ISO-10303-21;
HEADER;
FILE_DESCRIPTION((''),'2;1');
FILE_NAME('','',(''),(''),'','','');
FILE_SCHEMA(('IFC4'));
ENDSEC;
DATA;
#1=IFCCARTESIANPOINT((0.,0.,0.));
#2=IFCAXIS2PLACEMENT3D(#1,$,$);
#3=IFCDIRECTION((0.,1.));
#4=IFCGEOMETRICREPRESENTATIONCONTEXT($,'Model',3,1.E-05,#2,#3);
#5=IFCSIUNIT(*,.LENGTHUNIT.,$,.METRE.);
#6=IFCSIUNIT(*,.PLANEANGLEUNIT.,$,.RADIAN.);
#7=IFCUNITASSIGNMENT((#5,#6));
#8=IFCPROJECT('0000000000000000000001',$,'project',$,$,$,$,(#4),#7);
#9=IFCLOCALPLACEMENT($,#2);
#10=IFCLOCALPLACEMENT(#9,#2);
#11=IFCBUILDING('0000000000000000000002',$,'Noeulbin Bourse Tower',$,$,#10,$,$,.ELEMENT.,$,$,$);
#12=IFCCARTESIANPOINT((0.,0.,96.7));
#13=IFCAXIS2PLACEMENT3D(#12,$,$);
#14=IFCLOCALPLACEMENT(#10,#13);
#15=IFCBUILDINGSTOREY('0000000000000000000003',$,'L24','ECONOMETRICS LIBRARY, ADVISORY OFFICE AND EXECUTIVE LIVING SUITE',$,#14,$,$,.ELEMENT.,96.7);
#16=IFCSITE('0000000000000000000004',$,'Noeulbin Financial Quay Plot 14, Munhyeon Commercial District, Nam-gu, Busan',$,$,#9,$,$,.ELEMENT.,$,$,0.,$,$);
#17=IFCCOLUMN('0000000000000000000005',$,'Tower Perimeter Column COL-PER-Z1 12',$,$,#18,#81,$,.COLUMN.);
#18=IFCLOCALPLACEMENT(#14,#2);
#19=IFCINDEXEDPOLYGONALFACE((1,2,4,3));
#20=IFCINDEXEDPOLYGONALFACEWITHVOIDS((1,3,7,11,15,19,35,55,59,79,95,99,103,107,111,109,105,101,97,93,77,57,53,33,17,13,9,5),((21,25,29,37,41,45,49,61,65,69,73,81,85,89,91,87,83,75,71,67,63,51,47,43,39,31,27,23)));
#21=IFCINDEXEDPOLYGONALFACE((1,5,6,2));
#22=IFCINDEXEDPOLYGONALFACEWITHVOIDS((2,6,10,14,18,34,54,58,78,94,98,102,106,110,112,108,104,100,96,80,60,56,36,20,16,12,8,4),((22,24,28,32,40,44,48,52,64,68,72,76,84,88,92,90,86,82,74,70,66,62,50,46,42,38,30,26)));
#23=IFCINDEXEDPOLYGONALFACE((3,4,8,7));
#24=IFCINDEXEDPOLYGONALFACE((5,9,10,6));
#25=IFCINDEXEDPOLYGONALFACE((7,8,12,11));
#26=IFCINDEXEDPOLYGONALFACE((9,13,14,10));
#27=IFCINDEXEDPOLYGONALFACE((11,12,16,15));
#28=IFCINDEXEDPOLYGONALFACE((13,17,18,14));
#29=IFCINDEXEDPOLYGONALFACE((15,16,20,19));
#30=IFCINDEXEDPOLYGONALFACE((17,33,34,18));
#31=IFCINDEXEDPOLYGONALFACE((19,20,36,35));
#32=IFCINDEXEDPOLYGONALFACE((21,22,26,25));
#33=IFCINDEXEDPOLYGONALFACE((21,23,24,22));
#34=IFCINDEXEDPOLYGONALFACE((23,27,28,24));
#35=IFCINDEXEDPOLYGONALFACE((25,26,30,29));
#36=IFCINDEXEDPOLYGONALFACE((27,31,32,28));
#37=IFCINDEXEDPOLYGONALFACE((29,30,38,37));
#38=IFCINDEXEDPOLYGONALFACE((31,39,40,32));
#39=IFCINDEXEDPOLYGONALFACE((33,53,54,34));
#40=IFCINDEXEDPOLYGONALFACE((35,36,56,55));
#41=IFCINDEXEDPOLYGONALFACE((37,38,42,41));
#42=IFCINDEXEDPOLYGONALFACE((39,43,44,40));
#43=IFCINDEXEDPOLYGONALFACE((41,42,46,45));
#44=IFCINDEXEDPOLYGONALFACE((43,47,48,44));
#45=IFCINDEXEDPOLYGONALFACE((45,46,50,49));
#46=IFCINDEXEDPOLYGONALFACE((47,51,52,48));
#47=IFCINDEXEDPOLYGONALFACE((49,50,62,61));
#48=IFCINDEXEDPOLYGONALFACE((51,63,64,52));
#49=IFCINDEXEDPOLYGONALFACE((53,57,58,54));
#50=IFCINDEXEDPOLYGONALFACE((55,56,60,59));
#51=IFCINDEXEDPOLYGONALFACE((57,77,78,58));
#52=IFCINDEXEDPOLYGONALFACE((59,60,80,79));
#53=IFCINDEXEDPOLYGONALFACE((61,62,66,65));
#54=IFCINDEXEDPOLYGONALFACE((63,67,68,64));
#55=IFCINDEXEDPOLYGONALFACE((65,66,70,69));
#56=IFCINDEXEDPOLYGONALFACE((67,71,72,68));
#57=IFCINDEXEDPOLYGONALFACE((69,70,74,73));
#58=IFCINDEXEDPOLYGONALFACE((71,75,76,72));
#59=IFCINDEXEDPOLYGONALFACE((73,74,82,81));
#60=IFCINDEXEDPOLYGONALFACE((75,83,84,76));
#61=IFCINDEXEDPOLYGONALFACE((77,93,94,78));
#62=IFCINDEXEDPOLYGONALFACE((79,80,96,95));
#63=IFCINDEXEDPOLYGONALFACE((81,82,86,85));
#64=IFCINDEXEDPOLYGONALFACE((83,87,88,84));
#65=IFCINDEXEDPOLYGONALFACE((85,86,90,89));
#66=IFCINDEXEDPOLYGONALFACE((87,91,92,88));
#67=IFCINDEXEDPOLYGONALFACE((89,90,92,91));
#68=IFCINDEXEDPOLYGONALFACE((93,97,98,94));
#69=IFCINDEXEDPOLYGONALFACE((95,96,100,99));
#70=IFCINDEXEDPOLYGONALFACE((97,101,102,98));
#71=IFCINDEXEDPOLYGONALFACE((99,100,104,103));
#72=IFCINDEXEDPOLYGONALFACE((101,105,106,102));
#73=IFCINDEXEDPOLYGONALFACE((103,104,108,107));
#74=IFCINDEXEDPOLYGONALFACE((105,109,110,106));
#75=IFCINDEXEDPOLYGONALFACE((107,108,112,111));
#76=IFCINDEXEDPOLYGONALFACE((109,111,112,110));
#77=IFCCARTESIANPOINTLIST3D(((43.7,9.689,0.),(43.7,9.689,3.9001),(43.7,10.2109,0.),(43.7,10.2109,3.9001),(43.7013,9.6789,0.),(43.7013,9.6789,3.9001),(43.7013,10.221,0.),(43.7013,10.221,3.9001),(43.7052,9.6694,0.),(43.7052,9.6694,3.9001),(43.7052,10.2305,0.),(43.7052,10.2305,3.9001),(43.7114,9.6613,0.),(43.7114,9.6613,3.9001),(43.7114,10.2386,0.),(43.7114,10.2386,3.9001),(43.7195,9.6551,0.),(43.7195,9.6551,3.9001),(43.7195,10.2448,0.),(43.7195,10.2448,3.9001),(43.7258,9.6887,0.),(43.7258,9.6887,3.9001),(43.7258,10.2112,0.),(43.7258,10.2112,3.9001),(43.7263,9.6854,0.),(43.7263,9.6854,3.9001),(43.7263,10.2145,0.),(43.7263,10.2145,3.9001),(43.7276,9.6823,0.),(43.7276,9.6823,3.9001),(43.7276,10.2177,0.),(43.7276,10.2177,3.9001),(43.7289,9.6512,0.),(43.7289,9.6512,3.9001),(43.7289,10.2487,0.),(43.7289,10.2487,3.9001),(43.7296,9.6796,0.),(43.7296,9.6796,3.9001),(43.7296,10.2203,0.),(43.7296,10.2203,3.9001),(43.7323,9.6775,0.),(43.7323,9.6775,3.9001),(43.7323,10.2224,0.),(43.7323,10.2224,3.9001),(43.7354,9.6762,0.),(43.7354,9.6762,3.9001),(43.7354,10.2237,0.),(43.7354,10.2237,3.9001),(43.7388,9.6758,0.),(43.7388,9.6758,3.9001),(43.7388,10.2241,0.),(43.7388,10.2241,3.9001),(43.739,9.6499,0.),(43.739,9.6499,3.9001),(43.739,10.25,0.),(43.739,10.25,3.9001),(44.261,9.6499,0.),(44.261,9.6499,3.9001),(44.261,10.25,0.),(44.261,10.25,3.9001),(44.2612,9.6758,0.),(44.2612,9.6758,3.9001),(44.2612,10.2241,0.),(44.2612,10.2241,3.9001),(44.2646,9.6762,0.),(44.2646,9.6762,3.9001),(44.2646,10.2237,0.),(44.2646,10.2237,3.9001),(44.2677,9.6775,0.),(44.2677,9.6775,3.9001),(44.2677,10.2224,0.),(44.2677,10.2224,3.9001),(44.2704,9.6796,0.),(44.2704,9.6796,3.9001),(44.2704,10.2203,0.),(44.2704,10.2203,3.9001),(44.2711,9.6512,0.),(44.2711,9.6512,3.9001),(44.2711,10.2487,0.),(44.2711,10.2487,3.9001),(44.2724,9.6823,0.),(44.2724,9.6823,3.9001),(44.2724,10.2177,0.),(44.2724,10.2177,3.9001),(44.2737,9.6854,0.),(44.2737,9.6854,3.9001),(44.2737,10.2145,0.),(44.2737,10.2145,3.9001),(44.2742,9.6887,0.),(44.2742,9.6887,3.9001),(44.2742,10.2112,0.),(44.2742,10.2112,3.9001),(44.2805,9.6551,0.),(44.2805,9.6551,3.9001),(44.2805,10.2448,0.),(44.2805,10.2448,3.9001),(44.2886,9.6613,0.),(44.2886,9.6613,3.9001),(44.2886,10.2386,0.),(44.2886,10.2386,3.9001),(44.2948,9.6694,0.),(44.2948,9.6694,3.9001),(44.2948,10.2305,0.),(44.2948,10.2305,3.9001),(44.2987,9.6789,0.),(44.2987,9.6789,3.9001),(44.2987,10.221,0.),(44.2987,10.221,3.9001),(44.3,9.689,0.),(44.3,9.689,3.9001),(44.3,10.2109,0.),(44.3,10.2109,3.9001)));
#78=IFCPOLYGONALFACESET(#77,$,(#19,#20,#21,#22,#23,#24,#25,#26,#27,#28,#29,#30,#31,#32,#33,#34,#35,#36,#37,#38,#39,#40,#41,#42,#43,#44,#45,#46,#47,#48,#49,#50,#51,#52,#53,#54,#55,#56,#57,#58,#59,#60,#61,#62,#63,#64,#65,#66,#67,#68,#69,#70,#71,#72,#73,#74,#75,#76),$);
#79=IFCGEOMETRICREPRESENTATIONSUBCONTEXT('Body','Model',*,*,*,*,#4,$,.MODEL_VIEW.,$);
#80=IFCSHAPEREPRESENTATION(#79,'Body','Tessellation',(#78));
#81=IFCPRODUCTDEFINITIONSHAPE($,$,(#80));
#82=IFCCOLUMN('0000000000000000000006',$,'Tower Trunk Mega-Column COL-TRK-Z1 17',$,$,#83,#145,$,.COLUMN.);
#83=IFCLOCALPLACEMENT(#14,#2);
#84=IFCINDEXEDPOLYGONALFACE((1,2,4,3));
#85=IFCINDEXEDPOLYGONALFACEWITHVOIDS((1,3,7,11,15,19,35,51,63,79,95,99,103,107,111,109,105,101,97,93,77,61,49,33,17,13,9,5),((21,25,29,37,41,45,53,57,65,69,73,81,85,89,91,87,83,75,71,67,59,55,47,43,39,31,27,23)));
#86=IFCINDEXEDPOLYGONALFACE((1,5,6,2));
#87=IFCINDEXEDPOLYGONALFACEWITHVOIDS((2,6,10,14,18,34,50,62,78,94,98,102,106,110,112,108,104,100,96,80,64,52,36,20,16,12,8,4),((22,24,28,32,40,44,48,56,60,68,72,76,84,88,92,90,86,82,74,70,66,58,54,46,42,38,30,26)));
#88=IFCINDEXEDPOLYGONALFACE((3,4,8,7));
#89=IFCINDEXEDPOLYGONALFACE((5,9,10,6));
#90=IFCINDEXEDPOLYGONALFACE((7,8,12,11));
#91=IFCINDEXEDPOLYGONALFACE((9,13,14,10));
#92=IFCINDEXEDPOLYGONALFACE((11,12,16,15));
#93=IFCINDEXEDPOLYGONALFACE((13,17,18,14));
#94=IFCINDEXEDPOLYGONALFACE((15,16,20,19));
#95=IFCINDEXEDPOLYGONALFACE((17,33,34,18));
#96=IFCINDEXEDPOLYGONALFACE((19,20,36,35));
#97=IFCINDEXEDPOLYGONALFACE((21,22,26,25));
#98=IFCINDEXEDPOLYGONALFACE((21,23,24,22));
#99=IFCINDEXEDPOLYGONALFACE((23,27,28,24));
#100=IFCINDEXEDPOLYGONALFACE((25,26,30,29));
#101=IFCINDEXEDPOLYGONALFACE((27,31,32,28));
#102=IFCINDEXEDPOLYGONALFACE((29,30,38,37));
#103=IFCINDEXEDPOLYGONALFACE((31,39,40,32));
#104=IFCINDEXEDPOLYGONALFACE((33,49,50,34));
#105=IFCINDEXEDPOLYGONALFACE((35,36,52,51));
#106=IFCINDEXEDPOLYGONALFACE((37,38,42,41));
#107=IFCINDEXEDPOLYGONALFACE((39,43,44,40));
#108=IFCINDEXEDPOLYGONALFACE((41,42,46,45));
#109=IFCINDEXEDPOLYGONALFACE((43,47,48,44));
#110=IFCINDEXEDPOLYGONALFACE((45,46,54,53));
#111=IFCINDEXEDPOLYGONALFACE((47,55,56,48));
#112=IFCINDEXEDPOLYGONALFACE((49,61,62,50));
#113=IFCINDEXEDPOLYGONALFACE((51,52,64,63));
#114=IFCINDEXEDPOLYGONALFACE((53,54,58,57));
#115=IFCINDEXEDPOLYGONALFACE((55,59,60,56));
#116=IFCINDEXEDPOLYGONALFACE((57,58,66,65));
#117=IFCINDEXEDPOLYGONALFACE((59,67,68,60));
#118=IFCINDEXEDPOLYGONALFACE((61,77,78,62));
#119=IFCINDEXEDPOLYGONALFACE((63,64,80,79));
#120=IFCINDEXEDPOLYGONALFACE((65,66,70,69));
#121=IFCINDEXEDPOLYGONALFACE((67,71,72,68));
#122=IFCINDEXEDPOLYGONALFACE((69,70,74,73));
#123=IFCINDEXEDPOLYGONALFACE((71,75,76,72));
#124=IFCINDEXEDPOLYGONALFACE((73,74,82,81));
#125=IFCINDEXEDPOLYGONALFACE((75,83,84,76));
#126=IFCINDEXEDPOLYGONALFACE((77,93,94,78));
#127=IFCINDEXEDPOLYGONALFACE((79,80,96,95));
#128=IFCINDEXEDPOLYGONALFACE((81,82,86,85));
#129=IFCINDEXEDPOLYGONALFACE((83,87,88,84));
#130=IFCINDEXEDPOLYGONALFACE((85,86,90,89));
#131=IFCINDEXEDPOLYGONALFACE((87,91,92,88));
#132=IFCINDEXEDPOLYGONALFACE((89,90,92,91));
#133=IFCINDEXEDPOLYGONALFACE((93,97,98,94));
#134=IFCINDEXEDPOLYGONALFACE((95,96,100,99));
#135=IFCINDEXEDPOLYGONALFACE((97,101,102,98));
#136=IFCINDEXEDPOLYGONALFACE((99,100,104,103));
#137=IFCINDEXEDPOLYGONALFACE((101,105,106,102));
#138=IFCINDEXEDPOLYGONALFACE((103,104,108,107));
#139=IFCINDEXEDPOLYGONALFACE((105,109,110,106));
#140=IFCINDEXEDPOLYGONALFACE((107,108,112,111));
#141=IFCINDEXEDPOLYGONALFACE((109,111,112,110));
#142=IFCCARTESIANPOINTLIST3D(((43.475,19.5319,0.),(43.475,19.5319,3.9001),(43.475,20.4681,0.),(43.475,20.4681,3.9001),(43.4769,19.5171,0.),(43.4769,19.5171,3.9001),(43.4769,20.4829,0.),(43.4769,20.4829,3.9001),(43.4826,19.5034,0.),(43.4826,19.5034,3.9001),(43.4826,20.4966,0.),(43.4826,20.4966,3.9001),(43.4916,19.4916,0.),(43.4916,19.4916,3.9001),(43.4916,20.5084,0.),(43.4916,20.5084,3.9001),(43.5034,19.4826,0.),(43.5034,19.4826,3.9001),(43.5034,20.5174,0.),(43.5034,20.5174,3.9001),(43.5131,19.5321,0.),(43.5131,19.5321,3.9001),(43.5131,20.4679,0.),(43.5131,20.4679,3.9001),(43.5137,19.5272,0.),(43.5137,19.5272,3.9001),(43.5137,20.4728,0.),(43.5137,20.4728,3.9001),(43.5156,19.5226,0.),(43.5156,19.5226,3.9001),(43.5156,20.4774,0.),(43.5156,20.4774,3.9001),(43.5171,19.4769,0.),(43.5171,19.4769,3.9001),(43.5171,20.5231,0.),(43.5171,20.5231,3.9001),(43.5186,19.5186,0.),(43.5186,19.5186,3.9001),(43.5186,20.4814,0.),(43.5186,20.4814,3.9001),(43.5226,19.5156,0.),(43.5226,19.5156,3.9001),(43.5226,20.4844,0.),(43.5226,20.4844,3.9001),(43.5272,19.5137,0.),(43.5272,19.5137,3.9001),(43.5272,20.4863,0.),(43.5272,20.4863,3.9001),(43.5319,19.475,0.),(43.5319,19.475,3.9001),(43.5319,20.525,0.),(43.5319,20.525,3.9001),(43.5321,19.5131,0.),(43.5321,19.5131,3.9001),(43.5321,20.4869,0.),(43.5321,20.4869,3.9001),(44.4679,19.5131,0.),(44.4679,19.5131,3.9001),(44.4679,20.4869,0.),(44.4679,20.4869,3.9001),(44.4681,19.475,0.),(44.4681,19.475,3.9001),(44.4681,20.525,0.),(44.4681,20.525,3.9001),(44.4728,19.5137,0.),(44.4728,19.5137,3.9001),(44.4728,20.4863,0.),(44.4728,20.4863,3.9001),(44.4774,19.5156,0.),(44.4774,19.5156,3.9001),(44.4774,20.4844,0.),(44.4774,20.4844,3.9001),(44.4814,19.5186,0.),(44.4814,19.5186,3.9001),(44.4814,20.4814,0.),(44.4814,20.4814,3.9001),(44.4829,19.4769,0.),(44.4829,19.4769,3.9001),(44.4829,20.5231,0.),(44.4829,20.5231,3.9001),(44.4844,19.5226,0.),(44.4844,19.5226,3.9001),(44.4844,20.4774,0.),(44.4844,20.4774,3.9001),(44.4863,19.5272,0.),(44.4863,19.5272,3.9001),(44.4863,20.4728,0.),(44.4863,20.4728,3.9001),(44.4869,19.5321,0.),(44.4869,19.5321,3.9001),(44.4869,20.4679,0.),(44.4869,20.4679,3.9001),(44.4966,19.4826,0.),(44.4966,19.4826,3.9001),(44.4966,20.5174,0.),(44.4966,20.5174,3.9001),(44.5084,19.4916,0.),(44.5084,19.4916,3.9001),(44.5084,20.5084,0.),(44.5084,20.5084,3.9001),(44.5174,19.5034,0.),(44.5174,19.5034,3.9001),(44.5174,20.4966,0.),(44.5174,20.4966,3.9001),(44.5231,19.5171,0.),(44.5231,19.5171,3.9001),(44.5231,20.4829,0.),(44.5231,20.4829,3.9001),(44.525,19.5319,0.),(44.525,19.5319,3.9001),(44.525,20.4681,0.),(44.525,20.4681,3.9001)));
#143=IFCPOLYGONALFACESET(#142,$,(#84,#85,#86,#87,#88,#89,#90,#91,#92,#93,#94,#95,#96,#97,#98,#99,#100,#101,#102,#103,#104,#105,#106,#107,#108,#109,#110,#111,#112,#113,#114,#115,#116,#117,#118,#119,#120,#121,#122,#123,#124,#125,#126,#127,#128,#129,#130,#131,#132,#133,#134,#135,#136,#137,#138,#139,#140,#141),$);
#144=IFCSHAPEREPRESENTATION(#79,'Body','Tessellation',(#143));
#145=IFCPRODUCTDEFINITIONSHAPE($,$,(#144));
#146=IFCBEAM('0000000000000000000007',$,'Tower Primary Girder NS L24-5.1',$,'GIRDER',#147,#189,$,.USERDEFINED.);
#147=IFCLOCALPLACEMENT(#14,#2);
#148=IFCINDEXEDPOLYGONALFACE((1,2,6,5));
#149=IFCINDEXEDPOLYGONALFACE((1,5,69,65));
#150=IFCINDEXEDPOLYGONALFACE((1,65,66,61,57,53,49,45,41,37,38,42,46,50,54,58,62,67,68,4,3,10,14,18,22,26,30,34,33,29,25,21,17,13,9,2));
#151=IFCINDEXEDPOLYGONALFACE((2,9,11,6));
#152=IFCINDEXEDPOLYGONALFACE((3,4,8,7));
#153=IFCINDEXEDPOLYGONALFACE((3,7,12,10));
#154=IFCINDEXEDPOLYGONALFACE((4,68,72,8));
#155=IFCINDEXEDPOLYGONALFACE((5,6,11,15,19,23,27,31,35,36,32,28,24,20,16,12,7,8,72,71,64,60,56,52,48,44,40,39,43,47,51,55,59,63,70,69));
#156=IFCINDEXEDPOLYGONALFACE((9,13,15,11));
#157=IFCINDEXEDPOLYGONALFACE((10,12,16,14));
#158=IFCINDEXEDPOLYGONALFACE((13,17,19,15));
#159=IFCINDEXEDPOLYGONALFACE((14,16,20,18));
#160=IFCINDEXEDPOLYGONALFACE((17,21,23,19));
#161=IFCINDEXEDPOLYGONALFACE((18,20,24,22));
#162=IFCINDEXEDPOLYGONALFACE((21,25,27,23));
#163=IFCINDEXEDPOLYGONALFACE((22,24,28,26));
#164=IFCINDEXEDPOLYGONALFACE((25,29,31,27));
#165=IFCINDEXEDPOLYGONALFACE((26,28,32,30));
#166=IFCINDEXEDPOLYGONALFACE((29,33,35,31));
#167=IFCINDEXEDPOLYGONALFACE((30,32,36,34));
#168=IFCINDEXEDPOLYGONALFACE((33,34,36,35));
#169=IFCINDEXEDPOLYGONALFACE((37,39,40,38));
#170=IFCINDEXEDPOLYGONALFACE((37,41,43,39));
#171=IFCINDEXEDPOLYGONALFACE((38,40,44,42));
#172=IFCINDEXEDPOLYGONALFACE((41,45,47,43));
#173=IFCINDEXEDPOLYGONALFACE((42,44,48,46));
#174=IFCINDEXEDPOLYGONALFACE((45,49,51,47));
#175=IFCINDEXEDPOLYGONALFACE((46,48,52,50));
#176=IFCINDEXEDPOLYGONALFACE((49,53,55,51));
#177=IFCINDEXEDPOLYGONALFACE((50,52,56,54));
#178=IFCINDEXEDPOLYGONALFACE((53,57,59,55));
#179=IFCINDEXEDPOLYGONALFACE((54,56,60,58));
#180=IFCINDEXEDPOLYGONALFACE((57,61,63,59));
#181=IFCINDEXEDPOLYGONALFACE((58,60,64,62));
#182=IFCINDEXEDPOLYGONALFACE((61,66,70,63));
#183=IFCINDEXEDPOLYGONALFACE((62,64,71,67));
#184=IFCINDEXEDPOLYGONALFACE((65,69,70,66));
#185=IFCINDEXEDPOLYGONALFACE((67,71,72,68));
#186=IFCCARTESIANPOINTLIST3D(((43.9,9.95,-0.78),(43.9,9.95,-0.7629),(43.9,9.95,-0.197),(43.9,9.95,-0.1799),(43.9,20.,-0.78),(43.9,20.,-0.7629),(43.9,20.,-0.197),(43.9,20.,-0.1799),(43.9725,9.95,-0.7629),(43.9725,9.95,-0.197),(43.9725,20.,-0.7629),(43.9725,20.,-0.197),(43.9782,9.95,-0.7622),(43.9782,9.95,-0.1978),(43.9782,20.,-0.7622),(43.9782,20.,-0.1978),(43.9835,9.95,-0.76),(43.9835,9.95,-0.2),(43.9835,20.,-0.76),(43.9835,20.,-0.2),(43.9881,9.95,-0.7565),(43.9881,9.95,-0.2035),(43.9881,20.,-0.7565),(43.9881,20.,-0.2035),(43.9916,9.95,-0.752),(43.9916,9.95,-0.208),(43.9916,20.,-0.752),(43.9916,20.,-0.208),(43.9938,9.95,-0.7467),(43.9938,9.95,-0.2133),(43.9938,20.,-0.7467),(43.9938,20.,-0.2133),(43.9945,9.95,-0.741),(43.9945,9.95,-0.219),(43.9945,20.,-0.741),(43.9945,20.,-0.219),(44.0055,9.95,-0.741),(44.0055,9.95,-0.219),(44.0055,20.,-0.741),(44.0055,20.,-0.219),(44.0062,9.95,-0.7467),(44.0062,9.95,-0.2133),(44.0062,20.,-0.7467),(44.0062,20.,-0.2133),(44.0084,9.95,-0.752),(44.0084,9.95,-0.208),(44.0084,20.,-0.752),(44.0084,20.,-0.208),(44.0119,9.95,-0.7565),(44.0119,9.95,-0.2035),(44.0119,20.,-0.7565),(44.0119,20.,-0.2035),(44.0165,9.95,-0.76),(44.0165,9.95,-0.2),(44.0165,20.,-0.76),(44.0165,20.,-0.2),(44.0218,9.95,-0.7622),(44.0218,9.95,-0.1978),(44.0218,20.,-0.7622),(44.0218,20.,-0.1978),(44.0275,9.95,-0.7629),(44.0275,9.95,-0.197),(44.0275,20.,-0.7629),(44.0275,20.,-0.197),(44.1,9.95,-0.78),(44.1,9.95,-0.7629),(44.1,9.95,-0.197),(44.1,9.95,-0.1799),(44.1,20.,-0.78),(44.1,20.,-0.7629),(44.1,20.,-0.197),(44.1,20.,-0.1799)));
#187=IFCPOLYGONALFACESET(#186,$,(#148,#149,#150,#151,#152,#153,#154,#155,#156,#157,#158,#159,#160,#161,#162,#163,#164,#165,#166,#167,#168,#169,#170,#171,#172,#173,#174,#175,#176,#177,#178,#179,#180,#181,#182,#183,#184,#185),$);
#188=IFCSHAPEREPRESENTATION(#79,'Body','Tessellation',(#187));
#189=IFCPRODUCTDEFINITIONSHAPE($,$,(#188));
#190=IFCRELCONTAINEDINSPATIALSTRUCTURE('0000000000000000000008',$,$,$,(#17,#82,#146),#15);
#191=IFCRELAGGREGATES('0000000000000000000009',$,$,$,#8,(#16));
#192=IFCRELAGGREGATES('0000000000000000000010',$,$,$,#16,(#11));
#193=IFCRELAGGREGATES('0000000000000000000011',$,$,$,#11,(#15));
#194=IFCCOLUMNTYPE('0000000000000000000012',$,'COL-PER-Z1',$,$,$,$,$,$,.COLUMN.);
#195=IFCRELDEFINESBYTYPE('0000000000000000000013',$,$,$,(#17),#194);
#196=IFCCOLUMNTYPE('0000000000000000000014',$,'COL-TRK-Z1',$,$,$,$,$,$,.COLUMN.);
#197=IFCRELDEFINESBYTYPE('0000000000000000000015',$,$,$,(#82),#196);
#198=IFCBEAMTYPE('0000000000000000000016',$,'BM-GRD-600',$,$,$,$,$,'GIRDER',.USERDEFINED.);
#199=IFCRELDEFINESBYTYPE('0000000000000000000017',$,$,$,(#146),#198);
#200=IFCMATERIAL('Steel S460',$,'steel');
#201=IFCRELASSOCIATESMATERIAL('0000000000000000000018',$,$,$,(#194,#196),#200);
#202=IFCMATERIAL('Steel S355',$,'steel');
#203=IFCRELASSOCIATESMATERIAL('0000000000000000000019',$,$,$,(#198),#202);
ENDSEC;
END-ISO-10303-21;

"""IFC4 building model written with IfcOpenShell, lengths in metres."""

from ifc_helpers import new_model, si_unit, direction, frame, origin, origin_2d, place, context, subcontext, project, spatial, hollow_rectangle, i_section, extrude, material, material_profile, profile_set, type_object, element, save


model = new_model("IFC4")

# Units and contexts
model_context = context("Model", 3, precision=1e-05, world=origin(), true_north=direction((0.0, 1.0)))
body_context = subcontext(model_context, "Body", "Model", "MODEL_VIEW")
ifc_project = project(units=[si_unit("LENGTHUNIT", "METRE"), si_unit("PLANEANGLEUNIT", "RADIAN")], contexts=[model_context])

# Site, building, storey
site_placement = place(None, origin())
site = spatial("IfcSite", under=ifc_project, at=site_placement, Name="Noeulbin Financial Quay Plot 14, Munhyeon Commercial District, Nam-gu, Busan", CompositionType="ELEMENT", RefElevation=0.0)
building_placement = place(site_placement, origin())
building = spatial("IfcBuilding", under=site, at=building_placement, Name="Noeulbin Bourse Tower", CompositionType="ELEMENT")
storey_placement = place(building_placement, frame((0.0, 0.0, 96.7)))
storey = spatial("IfcBuildingStorey", under=building, at=storey_placement, Name="L24", Description="ECONOMETRICS LIBRARY, ADVISORY OFFICE AND EXECUTIVE LIVING SUITE", CompositionType="ELEMENT", Elevation=96.7)

# Columns
ifc_material_1 = material(Name="Steel S460", Category="steel")
ifc_material_profile_1 = material_profile(ifc_material_1, hollow_rectangle(XDim=0.6001, YDim=0.6001, WallThickness=0.0259, InnerFilletRadius=0.0129, OuterFilletRadius=0.0391, at=origin_2d()), Name="BOX-600x600x26", Category="LoadBearing")
ifc_profile_set_1 = profile_set([ifc_material_profile_1], Name="Steel S460")
column_type_1 = type_object("IfcColumnType", Name="COL-PER-Z1", PredefinedType="COLUMN", material=ifc_profile_set_1)
column_1_placement = place(storey_placement, frame((44.0, 9.95, 0.0), z_axis=(0.0, 0.0, 1.0), x_axis=(1.0, 0.0, 0.0)))
element("IfcColumn", 1, at=column_1_placement, inside=storey, type_object=column_type_1, Name="Tower Perimeter Column COL-PER-Z1 12", PredefinedType="COLUMN", context=body_context, shape_type="SweptSolid", body=[
    extrude(hollow_rectangle(XDim=0.6001, YDim=0.6001, WallThickness=0.0259, InnerFilletRadius=0.0129, OuterFilletRadius=0.0391, at=origin_2d()), origin(), (0.0, 0.0, 1.0), 3.9001),
])
ifc_material_profile_2 = material_profile(ifc_material_1, hollow_rectangle(XDim=1.05, YDim=1.05, WallThickness=0.0381, InnerFilletRadius=0.019, OuterFilletRadius=0.0569, at=origin_2d()), Name="BOX-1050x1050x38", Category="LoadBearing")
ifc_profile_set_2 = profile_set([ifc_material_profile_2], Name="Steel S460")
column_type_2 = type_object("IfcColumnType", Name="COL-TRK-Z1", PredefinedType="COLUMN", material=ifc_profile_set_2)
column_2_placement = place(storey_placement, frame((44.0, 20.0, 0.0), z_axis=(0.0, 0.0, 1.0), x_axis=(1.0, 0.0, 0.0)))
element("IfcColumn", 2, at=column_2_placement, inside=storey, type_object=column_type_2, Name="Tower Trunk Mega-Column COL-TRK-Z1 17", PredefinedType="COLUMN", context=body_context, shape_type="SweptSolid", body=[
    extrude(hollow_rectangle(XDim=1.05, YDim=1.05, WallThickness=0.0381, InnerFilletRadius=0.019, OuterFilletRadius=0.0569, at=origin_2d()), origin(), (0.0, 0.0, 1.0), 3.9001),
])

# Beam
ifc_material_2 = material(Name="Steel S355", Category="steel")
ifc_material_profile_3 = material_profile(ifc_material_2, i_section(OverallWidth=0.2, OverallDepth=0.6001, WebThickness=0.011, FlangeThickness=0.0171, FilletRadius=0.022, at=origin_2d()), Name="H-600x200x11x17", Category="LoadBearing")
ifc_profile_set_3 = profile_set([ifc_material_profile_3], Name="Steel S355")
beam_type_1 = type_object("IfcBeamType", Name="BM-GRD-600", ElementType="GIRDER", PredefinedType="USERDEFINED", material=ifc_profile_set_3)
beam_1_placement = place(storey_placement, frame((44.0, 9.95, -0.48), z_axis=(0.0, 1.0, 0.0), x_axis=(-1.0, 0.0, 0.0)))
element("IfcBeam", 3, at=beam_1_placement, inside=storey, type_object=beam_type_1, Name="Tower Primary Girder NS L24-5.1", ObjectType="GIRDER", PredefinedType="USERDEFINED", context=body_context, shape_type="SweptSolid", body=[
    extrude(i_section(OverallWidth=0.2, OverallDepth=0.6001, WebThickness=0.011, FlangeThickness=0.0171, FilletRadius=0.022, at=origin_2d()), origin(), (0.0, 0.0, 1.0), 10.05),
])

save(model, "model.ifc")
